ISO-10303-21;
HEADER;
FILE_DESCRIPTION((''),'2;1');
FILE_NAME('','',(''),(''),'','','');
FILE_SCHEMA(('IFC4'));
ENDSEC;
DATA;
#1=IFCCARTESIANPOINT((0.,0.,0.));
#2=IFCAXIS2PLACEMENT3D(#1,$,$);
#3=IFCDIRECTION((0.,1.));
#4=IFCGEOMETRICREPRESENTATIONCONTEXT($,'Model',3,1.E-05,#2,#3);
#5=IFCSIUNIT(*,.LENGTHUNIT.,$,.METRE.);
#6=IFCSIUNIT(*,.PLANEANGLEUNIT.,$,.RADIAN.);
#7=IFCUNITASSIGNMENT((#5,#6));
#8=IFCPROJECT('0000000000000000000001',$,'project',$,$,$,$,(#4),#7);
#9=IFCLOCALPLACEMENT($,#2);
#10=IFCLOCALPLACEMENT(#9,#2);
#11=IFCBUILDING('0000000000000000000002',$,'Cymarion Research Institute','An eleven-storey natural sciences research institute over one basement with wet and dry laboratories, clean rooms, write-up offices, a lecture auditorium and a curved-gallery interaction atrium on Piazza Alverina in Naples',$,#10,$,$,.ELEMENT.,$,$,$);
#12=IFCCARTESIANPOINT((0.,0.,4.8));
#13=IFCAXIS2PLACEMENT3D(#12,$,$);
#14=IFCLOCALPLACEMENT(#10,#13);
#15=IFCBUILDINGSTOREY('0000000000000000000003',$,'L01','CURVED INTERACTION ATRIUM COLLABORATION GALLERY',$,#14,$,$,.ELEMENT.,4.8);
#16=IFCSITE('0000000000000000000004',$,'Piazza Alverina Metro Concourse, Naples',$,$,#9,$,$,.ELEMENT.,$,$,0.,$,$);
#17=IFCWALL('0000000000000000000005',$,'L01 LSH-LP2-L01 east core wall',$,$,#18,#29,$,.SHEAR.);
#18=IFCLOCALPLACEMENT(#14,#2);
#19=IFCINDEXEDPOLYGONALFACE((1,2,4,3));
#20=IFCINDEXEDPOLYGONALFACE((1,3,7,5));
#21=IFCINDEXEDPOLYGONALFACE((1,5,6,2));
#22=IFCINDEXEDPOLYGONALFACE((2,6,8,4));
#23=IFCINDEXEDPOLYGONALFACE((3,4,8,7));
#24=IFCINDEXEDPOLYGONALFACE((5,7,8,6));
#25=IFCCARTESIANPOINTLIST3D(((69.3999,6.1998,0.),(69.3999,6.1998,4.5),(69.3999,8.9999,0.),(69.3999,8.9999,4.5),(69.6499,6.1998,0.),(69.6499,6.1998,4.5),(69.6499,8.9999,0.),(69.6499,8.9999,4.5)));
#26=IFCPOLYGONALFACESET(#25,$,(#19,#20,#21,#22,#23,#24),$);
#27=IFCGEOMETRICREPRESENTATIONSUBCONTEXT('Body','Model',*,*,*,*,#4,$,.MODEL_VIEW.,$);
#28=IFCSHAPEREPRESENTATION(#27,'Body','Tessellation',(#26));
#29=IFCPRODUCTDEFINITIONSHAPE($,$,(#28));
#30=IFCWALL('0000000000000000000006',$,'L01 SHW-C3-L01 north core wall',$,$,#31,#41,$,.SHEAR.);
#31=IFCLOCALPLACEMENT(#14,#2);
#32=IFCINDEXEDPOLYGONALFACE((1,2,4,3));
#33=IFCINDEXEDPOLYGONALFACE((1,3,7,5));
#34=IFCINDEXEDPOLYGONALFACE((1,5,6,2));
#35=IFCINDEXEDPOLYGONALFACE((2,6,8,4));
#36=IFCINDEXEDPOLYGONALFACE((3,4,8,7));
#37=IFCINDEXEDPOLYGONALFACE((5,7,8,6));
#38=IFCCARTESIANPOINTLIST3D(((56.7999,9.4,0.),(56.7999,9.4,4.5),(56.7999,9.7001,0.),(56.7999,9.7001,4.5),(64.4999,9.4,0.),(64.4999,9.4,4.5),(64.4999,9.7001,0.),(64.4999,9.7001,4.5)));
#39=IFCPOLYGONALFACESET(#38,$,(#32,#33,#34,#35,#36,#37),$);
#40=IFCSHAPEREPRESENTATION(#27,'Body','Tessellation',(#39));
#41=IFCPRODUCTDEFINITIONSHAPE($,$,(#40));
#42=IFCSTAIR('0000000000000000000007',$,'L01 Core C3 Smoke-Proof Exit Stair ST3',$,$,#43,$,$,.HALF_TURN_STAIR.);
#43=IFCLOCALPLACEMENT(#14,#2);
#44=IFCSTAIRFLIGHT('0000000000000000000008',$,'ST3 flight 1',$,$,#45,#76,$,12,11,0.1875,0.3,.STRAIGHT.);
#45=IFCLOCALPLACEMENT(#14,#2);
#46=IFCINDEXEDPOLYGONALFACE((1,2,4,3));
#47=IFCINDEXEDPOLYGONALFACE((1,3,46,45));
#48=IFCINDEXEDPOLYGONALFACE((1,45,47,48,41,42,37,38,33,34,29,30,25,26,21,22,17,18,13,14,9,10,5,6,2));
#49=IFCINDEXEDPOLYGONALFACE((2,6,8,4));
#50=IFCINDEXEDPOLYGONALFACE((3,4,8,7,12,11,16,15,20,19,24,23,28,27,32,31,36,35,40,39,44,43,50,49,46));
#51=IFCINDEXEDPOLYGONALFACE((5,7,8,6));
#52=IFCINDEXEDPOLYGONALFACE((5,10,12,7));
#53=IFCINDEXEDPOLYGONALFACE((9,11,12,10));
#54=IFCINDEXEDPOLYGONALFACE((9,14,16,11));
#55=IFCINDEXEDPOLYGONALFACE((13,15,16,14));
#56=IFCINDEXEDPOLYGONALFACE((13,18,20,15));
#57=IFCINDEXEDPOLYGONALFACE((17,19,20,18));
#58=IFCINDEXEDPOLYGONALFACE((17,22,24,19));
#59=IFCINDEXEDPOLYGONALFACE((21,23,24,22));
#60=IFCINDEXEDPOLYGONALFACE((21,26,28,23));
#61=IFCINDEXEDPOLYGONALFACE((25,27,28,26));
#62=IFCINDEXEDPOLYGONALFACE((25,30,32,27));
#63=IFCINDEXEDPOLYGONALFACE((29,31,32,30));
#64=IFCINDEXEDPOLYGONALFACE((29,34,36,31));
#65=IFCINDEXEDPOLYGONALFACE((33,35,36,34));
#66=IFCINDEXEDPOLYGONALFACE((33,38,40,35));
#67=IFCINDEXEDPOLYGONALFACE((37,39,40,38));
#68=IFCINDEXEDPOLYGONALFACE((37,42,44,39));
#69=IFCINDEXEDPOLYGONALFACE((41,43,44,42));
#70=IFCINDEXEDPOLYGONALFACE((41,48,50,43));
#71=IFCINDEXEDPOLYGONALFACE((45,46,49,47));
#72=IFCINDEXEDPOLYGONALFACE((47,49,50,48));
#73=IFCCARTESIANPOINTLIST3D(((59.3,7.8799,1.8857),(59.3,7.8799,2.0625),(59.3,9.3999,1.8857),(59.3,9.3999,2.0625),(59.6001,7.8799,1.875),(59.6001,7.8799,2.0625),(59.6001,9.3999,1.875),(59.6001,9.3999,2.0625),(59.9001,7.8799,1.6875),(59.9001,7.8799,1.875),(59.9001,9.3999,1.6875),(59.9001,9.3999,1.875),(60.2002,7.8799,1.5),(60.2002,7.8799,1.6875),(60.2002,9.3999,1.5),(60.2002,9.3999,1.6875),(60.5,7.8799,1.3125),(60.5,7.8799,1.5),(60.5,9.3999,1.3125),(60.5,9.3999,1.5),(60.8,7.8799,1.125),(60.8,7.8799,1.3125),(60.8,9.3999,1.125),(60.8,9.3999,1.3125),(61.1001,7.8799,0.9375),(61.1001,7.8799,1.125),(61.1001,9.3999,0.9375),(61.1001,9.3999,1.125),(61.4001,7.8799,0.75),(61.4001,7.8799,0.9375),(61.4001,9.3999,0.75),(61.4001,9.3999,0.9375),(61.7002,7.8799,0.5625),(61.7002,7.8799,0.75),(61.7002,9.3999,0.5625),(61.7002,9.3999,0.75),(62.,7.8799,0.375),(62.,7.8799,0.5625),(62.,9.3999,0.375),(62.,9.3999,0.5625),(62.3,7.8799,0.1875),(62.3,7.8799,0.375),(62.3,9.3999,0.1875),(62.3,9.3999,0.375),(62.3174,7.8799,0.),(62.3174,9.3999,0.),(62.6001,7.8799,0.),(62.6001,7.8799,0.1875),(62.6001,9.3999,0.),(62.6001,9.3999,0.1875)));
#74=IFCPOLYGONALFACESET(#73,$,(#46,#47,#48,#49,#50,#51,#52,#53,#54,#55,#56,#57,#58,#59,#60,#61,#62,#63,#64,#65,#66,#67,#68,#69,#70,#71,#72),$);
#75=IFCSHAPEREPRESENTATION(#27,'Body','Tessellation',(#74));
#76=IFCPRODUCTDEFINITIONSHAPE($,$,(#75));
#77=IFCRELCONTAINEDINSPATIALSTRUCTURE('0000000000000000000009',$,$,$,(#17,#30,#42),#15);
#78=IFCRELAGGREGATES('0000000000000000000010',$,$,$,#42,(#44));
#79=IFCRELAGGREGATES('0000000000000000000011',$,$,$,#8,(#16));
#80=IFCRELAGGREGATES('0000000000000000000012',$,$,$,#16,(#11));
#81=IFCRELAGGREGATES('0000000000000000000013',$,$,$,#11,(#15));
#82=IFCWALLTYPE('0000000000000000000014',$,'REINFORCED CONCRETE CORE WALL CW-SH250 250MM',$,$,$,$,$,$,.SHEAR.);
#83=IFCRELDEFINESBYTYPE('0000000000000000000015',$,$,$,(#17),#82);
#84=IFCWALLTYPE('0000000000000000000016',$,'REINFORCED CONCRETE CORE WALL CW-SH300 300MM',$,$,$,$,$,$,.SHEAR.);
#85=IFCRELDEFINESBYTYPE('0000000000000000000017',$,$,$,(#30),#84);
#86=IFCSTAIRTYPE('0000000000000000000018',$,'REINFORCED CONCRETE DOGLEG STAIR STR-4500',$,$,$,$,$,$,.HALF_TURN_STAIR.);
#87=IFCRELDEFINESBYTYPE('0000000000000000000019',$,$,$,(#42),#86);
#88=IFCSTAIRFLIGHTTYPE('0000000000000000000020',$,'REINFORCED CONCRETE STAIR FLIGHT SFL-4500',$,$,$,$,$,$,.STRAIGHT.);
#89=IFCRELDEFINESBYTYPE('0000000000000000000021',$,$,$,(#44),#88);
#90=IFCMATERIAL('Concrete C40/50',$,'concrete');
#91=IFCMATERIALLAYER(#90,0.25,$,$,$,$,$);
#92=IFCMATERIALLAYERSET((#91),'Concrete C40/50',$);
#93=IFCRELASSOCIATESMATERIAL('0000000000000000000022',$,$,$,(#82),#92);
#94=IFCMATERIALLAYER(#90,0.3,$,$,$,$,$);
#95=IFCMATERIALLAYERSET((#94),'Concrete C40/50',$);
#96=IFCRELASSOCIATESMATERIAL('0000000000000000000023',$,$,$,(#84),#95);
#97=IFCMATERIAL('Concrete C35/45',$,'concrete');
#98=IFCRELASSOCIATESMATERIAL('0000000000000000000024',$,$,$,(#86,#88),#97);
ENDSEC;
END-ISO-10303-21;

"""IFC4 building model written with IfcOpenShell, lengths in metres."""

from ifc_helpers import new_model, si_unit, direction, frame, frame_2d, origin, place, context, subcontext, project, spatial, polyline, rectangle, outline, extrude, material, layer, layer_set, type_object, element, aggregate, save


model = new_model("IFC4")

# Units and contexts
model_context = context("Model", 3, precision=1e-05, world=origin(), true_north=direction((0.0, 1.0)))
body_context = subcontext(model_context, "Body", "Model", "MODEL_VIEW")
ifc_project = project(units=[si_unit("LENGTHUNIT", "METRE"), si_unit("PLANEANGLEUNIT", "RADIAN")], contexts=[model_context])

# Site, building, storey
site_placement = place(None, origin())
site = spatial("IfcSite", under=ifc_project, at=site_placement, Name="Piazza Alverina Metro Concourse, Naples", CompositionType="ELEMENT", RefElevation=0.0)
building_placement = place(site_placement, origin())
building = spatial("IfcBuilding", under=site, at=building_placement, Name="Cymarion Research Institute", Description="An eleven-storey natural sciences research institute over one basement with wet and dry laboratories, clean rooms, write-up offices, a lecture auditorium and a curved-gallery interaction atrium on Piazza Alverina in Naples", CompositionType="ELEMENT")
storey_placement = place(building_placement, frame((0.0, 0.0, 4.8)))
storey = spatial("IfcBuildingStorey", under=building, at=storey_placement, Name="L01", Description="CURVED INTERACTION ATRIUM COLLABORATION GALLERY", CompositionType="ELEMENT", Elevation=4.8)

# Shared definitions
ifc_material_1 = material(Name="Concrete C40/50", Category="concrete")

# Shared definitions
ifc_layer_1 = layer(ifc_material_1, 0.25)
ifc_layer_set_1 = layer_set([ifc_layer_1], Name="Concrete C40/50")
wall_type_1 = type_object("IfcWallType", Name="REINFORCED CONCRETE CORE WALL CW-SH250 250MM", PredefinedType="SHEAR", material=ifc_layer_set_1)

# Walls
for number, where, z_axis, x_axis, name in (
    (1, (69.5249, 6.2, 0.0), (0.0, 0.0, 1.0), (0.0, 1.0, 0.0), "L01 LSH-LP2-L01 east core wall"),
):
    element("IfcWall", number, at=place(storey_placement, frame(where, z_axis=z_axis, x_axis=x_axis)), inside=storey, type_object=wall_type_1, Name=name, PredefinedType="SHEAR", context=body_context, shape_type="SweptSolid", body=[
        extrude(rectangle(XDim=2.8, YDim=0.25, at=frame_2d((1.3999, 0.0))), origin(), (0.0, 0.0, 1.0), 4.5),
    ])
ifc_layer_2 = layer(ifc_material_1, 0.3)
ifc_layer_set_2 = layer_set([ifc_layer_2], Name="Concrete C40/50")
wall_type_2 = type_object("IfcWallType", Name="REINFORCED CONCRETE CORE WALL CW-SH300 300MM", PredefinedType="SHEAR", material=ifc_layer_set_2)
wall_1_placement = place(storey_placement, frame((64.5, 9.55, 0.0), z_axis=(0.0, 0.0, 1.0), x_axis=(-1.0, 0.0, 0.0)))
element("IfcWall", 2, at=wall_1_placement, inside=storey, type_object=wall_type_2, Name="L01 SHW-C3-L01 north core wall", PredefinedType="SHEAR", context=body_context, shape_type="SweptSolid", body=[
    extrude(rectangle(XDim=7.7, YDim=0.3, at=frame_2d((3.8501, 0.0))), origin(), (0.0, 0.0, 1.0), 4.5),
])

# Stair, stair flight
ifc_material_2 = material(Name="Concrete C35/45", Category="concrete")
stair_type = type_object("IfcStairType", Name="REINFORCED CONCRETE DOGLEG STAIR STR-4500", PredefinedType="HALF_TURN_STAIR", material=ifc_material_2)
stair_placement = place(storey_placement, origin())
stair = element("IfcStair", 3, at=stair_placement, inside=storey, type_object=stair_type, Name="L01 Core C3 Smoke-Proof Exit Stair ST3", PredefinedType="HALF_TURN_STAIR")
stair_flight_type = type_object("IfcStairFlightType", Name="REINFORCED CONCRETE STAIR FLIGHT SFL-4500", PredefinedType="STRAIGHT", material=ifc_material_2)
stair_flight_placement = place(storey_placement, frame((62.6001, 8.6399, 0.0), z_axis=(0.0, 0.0, 1.0), x_axis=(-1.0, 0.0, 0.0)))
stair_flight = element("IfcStairFlight", 4, at=stair_flight_placement, type_object=stair_flight_type, Name="ST3 flight 1", NumberOfRisers=12, NumberOfTreads=11, PredefinedType="STRAIGHT", RiserHeight=0.1875, TreadLength=0.3, context=body_context, shape_type="SweptSolid", body=[
    extrude(outline(polyline([(0.0, 0.0), (0.0, 0.1875), (0.3, 0.1875), (0.3, 0.375), (0.6001, 0.375), (0.6001, 0.5625), (0.8999, 0.5625), (0.8999, 0.75), (1.2, 0.75), (1.2, 0.9375), (1.5, 0.9375), (1.5, 1.125), (1.8, 1.125), (1.8, 1.3125), (2.1001, 1.3125), (2.1001, 1.5), (2.3999, 1.5), (2.3999, 1.6875), (2.7, 1.6875), (2.7, 1.875), (3.0, 1.875), (3.0, 2.0625), (3.3, 2.0625), (3.3, 2.25), (3.3, 1.8857), (0.2827, 0.0), (0.0, 0.0)])), frame((0.0, 0.76, 0.0), z_axis=(0.0, -1.0, 0.0), x_axis=(1.0, 0.0, 0.0)), (0.0, 0.0, 1.0), 1.52),
])
aggregate(stair, [stair_flight])

save(model, "model.ifc")
